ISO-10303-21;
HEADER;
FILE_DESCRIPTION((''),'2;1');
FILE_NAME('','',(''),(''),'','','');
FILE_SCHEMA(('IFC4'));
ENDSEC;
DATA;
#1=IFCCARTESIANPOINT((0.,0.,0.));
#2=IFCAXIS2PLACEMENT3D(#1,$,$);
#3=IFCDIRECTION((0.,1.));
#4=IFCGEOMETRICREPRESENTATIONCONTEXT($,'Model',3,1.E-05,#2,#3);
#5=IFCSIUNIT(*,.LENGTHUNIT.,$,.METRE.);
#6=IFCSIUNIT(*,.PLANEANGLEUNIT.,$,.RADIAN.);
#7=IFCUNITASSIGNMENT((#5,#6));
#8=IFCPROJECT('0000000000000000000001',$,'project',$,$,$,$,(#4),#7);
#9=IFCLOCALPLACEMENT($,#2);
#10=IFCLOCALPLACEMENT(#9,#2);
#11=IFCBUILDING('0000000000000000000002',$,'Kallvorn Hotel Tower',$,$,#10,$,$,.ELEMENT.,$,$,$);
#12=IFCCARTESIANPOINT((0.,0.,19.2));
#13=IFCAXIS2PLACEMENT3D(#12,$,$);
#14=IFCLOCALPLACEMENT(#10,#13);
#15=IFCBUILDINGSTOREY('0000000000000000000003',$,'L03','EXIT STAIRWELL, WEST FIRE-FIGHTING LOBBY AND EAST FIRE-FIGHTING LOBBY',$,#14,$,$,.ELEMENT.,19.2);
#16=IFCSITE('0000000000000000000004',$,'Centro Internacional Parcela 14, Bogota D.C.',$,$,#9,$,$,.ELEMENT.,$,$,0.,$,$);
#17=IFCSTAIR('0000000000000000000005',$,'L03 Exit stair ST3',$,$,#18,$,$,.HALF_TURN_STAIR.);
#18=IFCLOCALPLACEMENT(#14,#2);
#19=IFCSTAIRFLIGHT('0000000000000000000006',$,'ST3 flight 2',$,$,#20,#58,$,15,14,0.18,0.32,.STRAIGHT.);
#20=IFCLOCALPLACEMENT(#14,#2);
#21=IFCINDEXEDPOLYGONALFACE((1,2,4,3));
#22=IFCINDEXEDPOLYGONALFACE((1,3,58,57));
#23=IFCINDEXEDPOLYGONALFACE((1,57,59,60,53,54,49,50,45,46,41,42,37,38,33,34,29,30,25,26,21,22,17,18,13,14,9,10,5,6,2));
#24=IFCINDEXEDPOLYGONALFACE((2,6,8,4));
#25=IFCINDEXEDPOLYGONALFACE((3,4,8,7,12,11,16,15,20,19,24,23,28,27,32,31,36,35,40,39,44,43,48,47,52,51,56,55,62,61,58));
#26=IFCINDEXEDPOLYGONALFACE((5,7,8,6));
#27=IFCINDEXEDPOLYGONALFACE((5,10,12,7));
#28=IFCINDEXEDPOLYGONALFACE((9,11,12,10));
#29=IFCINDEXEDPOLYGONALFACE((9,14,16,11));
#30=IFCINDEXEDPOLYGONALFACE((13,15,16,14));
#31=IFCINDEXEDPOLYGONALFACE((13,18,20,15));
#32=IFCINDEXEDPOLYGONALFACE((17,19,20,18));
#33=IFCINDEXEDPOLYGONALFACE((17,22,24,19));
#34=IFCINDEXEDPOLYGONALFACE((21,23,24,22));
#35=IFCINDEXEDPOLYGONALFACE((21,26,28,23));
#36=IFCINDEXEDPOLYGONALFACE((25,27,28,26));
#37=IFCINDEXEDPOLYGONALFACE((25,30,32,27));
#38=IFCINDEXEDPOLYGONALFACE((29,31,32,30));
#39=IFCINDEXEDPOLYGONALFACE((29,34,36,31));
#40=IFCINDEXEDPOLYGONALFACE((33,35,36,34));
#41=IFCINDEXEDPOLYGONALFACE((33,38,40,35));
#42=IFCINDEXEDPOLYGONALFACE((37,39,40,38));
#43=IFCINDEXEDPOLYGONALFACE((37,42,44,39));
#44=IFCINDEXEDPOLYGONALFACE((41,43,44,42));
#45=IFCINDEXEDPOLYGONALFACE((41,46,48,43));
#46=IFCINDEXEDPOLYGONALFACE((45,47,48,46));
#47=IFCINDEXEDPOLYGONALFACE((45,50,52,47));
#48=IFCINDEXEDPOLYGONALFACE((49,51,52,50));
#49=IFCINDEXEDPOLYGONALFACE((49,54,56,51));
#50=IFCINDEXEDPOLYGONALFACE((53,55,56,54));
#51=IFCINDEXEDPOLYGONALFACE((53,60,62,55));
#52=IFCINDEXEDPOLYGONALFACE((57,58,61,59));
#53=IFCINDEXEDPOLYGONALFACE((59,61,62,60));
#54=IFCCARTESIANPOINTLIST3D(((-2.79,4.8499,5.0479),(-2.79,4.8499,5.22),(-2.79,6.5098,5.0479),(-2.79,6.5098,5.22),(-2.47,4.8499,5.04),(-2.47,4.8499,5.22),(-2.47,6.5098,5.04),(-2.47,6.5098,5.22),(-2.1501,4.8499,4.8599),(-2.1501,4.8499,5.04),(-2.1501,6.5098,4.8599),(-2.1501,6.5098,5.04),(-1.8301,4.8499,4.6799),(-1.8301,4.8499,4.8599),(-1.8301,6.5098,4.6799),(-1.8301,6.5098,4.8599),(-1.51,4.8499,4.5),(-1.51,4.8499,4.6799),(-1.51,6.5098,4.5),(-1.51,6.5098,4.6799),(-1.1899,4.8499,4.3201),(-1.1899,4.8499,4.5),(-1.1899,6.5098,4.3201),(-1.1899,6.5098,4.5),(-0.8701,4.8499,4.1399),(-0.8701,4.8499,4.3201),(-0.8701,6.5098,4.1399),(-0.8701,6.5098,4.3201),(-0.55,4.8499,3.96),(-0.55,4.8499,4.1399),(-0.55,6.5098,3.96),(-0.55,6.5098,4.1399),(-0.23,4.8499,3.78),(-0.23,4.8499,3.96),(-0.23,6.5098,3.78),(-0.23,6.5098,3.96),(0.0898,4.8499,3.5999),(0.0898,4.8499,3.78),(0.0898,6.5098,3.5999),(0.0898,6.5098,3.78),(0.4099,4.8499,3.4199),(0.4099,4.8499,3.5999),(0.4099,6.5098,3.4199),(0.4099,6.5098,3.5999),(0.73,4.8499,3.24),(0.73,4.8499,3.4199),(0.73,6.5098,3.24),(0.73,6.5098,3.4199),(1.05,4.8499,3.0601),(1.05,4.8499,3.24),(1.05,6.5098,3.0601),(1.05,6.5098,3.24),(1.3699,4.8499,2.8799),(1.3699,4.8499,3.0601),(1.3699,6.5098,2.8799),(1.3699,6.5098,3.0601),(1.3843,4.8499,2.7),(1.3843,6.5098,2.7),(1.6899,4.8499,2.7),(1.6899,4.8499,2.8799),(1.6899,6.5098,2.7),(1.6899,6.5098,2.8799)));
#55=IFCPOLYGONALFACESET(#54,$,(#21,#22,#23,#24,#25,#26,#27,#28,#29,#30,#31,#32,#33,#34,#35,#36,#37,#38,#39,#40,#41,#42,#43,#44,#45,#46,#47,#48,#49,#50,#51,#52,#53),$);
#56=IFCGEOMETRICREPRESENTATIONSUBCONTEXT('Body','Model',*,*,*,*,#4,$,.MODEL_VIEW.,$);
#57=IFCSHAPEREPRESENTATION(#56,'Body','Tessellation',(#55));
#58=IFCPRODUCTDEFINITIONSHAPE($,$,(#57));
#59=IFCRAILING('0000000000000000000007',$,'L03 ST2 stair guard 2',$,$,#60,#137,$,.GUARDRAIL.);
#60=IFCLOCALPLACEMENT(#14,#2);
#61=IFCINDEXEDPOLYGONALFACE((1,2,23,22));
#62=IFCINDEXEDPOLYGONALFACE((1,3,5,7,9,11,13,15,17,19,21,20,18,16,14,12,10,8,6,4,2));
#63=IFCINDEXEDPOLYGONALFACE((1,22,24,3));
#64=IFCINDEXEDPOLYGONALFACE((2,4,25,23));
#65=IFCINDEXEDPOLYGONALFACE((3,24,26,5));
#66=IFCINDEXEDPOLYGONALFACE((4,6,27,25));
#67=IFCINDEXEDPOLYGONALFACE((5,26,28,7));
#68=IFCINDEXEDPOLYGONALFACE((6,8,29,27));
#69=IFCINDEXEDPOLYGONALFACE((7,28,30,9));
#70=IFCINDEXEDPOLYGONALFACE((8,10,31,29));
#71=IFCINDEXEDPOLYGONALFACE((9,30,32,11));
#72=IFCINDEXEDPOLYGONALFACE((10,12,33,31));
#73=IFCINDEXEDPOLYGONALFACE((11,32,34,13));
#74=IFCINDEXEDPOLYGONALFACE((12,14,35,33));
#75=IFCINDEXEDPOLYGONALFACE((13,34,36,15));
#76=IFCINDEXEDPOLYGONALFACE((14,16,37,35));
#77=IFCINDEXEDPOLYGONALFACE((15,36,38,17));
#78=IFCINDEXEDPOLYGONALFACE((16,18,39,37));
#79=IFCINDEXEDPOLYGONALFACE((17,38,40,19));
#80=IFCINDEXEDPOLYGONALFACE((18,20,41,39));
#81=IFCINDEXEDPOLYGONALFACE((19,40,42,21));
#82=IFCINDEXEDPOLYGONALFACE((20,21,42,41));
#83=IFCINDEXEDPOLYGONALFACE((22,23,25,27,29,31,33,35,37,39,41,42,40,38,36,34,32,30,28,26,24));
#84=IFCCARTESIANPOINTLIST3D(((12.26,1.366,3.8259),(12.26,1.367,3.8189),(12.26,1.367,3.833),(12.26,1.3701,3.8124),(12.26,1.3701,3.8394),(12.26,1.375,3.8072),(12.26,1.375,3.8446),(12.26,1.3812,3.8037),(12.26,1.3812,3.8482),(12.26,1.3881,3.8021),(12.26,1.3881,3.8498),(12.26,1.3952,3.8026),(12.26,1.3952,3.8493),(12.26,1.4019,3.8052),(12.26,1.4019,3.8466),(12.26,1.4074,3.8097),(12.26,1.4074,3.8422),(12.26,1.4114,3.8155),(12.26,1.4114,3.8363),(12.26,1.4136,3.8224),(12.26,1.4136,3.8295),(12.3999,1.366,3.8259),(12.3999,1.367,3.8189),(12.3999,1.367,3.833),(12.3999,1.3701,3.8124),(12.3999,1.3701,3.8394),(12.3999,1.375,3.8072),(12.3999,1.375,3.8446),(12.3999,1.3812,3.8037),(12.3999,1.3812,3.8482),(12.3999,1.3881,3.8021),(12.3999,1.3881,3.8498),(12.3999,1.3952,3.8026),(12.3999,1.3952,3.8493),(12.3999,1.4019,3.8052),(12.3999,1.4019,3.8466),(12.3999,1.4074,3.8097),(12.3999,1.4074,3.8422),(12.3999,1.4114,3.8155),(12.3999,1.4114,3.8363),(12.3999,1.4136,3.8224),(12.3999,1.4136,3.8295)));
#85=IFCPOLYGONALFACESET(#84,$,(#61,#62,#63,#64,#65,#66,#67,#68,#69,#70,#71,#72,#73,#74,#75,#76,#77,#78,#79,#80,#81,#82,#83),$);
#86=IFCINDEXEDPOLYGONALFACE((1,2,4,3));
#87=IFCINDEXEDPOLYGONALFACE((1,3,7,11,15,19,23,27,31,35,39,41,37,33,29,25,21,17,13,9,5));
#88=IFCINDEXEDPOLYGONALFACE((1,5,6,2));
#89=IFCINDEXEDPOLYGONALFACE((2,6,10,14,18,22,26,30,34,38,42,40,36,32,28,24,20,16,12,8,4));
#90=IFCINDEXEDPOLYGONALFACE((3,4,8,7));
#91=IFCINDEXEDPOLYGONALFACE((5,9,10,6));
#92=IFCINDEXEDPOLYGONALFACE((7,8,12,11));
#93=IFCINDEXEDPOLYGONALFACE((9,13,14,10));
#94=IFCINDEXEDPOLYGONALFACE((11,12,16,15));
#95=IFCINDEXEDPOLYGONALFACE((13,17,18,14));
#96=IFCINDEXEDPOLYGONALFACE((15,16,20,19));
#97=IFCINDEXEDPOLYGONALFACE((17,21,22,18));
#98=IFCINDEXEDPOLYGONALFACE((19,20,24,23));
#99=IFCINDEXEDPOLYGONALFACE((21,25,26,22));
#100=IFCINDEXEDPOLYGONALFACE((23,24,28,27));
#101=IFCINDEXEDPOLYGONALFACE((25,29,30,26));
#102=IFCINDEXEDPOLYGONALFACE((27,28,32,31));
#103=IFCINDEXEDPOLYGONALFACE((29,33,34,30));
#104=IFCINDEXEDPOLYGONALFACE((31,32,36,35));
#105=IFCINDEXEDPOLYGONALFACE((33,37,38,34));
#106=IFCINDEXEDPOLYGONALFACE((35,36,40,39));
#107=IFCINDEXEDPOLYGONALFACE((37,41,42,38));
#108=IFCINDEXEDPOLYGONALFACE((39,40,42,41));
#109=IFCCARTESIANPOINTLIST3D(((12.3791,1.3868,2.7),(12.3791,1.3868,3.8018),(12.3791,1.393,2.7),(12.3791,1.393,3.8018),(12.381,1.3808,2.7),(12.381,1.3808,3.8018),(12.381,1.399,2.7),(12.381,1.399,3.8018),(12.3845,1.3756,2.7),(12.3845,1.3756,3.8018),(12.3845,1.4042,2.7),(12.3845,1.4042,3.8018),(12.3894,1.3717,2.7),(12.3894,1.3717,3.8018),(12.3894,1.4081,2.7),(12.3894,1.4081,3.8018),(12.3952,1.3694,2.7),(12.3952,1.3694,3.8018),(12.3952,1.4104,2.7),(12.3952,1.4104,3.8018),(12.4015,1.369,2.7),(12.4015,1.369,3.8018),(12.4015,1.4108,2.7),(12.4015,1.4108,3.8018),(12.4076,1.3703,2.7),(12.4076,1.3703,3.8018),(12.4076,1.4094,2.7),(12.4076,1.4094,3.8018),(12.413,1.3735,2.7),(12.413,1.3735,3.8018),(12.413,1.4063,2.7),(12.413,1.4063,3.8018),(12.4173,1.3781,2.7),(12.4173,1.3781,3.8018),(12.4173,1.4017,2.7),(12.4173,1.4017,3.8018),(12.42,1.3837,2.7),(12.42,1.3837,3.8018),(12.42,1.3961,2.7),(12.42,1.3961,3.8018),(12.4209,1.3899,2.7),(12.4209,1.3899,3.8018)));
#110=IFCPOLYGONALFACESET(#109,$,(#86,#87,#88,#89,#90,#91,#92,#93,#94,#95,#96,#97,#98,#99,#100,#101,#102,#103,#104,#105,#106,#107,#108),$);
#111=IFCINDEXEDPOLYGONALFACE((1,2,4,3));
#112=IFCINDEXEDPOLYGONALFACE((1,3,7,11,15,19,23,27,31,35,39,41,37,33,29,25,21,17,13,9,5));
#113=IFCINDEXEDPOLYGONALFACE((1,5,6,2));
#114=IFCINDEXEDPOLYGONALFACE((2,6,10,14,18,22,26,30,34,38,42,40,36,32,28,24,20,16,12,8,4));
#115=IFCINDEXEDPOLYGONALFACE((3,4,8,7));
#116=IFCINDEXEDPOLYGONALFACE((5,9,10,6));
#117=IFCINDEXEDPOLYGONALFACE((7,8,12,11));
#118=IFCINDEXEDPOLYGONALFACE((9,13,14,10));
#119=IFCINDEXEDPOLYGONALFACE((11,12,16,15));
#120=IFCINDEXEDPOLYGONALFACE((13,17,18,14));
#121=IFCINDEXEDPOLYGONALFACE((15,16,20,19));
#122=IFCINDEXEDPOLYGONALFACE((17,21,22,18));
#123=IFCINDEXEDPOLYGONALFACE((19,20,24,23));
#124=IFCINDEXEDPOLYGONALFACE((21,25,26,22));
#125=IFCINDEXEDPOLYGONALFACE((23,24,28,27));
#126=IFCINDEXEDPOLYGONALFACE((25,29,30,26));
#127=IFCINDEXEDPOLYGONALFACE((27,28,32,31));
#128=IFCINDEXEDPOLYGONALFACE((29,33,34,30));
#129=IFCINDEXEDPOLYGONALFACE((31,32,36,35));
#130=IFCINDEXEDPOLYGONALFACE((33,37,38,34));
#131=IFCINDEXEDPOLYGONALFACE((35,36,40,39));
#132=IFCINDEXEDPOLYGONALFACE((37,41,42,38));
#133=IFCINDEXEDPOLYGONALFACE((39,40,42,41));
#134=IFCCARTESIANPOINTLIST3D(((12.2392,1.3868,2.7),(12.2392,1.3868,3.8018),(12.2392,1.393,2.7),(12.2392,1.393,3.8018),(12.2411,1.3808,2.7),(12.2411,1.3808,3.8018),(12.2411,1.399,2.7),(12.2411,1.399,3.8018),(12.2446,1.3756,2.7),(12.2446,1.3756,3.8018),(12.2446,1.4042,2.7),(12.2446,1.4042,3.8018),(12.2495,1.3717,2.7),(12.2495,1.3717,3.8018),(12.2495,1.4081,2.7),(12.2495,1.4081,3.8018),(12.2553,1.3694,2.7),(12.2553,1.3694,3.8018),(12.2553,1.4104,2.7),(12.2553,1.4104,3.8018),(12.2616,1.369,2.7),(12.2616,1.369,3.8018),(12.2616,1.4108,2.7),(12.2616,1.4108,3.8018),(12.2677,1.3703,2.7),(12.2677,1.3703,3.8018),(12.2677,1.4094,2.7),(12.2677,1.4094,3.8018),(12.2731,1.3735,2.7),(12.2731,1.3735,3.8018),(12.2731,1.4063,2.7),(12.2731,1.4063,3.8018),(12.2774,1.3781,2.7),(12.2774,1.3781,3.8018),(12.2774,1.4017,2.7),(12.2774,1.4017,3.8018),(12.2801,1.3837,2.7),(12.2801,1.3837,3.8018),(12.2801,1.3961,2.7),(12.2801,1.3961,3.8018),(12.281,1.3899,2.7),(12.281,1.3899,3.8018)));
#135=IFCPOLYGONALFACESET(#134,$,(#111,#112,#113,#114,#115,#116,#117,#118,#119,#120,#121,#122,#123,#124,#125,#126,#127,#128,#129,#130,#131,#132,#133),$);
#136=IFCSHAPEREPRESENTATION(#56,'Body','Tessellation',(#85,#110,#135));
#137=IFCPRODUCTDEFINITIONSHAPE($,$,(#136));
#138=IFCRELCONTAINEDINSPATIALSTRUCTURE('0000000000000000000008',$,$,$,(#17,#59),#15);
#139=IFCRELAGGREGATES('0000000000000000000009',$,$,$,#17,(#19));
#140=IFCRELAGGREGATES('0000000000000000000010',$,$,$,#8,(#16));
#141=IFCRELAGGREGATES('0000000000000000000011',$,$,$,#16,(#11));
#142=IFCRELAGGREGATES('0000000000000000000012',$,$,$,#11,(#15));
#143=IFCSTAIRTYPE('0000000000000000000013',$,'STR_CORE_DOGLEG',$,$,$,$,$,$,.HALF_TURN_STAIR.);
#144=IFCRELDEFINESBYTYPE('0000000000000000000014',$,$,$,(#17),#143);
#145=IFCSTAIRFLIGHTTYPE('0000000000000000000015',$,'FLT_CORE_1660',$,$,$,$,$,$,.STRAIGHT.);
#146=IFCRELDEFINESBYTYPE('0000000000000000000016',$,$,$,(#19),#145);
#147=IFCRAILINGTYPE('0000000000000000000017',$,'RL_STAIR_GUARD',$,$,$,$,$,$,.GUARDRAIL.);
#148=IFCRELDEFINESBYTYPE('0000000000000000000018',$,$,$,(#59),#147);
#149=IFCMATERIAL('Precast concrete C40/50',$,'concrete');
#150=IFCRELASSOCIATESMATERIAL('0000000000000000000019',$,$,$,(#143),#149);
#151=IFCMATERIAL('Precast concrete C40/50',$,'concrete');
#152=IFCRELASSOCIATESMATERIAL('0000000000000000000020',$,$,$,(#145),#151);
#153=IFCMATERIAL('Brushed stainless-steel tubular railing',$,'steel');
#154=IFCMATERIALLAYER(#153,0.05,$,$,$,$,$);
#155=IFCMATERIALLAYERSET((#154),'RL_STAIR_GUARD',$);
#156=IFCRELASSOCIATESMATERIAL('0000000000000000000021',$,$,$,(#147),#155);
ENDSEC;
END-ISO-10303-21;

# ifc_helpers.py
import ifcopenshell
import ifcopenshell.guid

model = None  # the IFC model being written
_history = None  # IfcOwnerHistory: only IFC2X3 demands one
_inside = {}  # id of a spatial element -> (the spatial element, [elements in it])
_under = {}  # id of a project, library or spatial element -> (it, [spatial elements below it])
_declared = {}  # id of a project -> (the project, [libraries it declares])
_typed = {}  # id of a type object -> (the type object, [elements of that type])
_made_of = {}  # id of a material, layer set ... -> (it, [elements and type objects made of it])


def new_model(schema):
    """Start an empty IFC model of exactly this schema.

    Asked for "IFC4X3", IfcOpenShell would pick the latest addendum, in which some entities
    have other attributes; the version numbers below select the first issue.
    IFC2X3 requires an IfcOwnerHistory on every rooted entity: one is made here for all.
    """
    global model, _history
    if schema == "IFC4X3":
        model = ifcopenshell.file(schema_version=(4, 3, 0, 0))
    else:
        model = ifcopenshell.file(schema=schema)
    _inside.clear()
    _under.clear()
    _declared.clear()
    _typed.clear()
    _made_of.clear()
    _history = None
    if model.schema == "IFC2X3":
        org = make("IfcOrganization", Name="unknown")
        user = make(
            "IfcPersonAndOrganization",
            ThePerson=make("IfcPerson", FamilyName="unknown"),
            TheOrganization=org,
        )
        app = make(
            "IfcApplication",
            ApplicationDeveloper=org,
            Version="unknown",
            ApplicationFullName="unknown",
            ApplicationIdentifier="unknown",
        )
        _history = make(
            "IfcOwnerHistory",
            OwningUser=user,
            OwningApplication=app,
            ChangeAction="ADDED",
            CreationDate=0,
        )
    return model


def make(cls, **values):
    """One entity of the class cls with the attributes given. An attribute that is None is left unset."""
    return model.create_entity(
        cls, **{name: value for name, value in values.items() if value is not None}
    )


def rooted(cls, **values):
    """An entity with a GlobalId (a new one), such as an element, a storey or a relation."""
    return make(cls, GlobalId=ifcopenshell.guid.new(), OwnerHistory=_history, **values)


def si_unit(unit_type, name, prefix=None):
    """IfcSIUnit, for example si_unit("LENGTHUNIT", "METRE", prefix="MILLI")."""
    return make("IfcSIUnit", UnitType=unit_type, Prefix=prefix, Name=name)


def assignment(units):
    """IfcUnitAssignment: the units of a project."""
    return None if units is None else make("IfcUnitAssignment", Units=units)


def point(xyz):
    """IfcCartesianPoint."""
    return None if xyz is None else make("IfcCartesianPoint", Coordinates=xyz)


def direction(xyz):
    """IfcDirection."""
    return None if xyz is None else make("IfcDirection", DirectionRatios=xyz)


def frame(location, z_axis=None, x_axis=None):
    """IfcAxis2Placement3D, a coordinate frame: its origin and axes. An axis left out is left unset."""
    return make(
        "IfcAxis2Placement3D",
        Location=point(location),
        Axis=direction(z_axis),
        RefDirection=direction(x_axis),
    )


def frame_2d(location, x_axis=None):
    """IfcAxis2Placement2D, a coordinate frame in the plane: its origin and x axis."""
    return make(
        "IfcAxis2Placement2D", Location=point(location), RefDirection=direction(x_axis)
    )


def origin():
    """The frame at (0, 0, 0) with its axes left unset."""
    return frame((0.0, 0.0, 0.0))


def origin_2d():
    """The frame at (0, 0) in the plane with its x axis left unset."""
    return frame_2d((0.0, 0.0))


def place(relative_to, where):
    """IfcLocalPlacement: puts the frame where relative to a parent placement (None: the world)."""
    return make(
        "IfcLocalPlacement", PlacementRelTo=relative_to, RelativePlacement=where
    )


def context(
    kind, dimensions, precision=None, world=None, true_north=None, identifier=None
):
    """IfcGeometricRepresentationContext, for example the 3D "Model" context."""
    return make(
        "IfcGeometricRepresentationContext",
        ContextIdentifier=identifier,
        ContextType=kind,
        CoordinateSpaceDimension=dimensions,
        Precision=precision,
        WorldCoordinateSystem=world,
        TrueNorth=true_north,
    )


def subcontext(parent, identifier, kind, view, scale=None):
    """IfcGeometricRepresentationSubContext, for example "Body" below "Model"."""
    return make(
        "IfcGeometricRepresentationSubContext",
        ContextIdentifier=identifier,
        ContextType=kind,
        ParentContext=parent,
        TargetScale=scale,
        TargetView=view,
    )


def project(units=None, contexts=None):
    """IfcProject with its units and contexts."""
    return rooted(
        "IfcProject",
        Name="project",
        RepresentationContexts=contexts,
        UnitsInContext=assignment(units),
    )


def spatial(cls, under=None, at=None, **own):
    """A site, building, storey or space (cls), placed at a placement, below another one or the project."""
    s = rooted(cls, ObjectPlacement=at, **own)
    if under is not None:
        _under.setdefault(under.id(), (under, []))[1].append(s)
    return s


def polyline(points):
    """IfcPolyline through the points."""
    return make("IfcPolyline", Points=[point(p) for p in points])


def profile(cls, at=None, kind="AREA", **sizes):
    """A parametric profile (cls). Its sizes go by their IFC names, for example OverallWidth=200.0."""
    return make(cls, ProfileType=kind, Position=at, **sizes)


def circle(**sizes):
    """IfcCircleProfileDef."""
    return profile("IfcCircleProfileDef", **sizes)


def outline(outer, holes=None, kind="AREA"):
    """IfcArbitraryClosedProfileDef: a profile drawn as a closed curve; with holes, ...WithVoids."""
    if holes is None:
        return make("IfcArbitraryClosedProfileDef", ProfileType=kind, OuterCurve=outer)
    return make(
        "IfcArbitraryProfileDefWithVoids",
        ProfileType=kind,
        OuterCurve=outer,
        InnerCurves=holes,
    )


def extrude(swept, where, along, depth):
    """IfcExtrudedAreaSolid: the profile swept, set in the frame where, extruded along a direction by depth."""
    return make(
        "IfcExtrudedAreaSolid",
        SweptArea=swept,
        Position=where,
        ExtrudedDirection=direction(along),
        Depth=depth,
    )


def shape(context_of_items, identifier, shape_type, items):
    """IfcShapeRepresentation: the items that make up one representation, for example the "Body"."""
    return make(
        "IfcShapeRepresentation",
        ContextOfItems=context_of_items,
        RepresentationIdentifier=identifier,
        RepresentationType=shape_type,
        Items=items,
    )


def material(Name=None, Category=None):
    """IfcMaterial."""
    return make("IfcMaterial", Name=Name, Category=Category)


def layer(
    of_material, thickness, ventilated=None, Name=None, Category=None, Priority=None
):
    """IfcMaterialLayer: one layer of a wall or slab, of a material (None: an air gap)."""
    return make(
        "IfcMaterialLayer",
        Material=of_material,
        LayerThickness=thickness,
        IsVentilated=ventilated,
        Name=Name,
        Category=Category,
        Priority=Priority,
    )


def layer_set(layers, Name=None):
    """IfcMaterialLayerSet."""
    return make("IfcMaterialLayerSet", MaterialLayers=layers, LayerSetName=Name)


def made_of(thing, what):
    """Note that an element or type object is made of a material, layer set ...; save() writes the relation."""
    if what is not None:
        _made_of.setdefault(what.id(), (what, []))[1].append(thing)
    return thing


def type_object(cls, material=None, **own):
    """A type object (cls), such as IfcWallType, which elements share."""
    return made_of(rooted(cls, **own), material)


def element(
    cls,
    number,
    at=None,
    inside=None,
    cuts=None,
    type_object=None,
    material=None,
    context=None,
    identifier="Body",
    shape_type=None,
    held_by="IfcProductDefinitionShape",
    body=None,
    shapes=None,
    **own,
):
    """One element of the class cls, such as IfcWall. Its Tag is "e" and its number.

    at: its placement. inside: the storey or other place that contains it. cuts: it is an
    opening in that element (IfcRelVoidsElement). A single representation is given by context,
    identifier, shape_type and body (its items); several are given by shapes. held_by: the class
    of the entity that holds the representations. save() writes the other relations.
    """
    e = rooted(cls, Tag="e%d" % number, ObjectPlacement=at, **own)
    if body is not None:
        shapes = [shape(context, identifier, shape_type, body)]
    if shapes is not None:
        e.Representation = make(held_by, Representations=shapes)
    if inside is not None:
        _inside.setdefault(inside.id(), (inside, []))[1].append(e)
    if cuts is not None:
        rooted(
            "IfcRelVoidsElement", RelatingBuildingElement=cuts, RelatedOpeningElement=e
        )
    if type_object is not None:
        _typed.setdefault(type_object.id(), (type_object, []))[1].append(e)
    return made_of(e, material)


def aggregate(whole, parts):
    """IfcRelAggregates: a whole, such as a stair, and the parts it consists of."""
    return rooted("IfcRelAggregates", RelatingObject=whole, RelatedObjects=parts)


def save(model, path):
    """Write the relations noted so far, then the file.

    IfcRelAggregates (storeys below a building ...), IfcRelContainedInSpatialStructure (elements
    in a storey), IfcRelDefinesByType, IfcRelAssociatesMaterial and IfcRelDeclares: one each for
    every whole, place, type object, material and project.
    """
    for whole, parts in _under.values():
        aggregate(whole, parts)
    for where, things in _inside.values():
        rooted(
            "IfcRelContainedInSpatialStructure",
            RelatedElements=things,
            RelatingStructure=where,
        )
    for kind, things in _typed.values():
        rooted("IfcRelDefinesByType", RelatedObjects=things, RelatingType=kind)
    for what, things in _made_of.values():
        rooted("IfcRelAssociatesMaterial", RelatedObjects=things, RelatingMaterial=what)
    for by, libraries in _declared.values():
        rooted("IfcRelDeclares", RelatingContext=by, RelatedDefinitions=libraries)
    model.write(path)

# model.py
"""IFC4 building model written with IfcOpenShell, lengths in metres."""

from ifc_helpers import new_model, si_unit, direction, frame, origin, origin_2d, place, context, subcontext, project, spatial, polyline, circle, outline, extrude, material, layer, layer_set, type_object, element, aggregate, save


model = new_model("IFC4")

# Units and contexts
model_context = context("Model", 3, precision=1e-05, world=origin(), true_north=direction((0.0, 1.0)))
body_context = subcontext(model_context, "Body", "Model", "MODEL_VIEW")
ifc_project = project(units=[si_unit("LENGTHUNIT", "METRE"), si_unit("PLANEANGLEUNIT", "RADIAN")], contexts=[model_context])

# Site, building, storey
site_placement = place(None, origin())
site = spatial("IfcSite", under=ifc_project, at=site_placement, Name="Centro Internacional Parcela 14, Bogota D.C.", CompositionType="ELEMENT", RefElevation=0.0)
building_placement = place(site_placement, origin())
building = spatial("IfcBuilding", under=site, at=building_placement, Name="Kallvorn Hotel Tower", CompositionType="ELEMENT")
storey_placement = place(building_placement, frame((0.0, 0.0, 19.2)))
storey = spatial("IfcBuildingStorey", under=building, at=storey_placement, Name="L03", Description="EXIT STAIRWELL, WEST FIRE-FIGHTING LOBBY AND EAST FIRE-FIGHTING LOBBY", CompositionType="ELEMENT", Elevation=19.2)

# Stair
ifc_material_1 = material(Name="Precast concrete C40/50", Category="concrete")
stair_type_1 = type_object("IfcStairType", Name="STR_CORE_DOGLEG", PredefinedType="HALF_TURN_STAIR", material=ifc_material_1)
stair_1_placement = place(storey_placement, origin())
stair_1 = element("IfcStair", 1, at=stair_1_placement, inside=storey, type_object=stair_type_1, Name="L03 Exit stair ST3", PredefinedType="HALF_TURN_STAIR")

# Stair flight
ifc_material_2 = material(Name="Precast concrete C40/50", Category="concrete")
stair_flight_type = type_object("IfcStairFlightType", Name="FLT_CORE_1660", PredefinedType="STRAIGHT", material=ifc_material_2)
stair_flight_1_placement = place(storey_placement, frame((1.6899, 5.6799, 2.7), z_axis=(0.0, 0.0, 1.0), x_axis=(-1.0, 0.0, 0.0)))
stair_flight_1 = element("IfcStairFlight", 2, at=stair_flight_1_placement, type_object=stair_flight_type, Name="ST3 flight 2", NumberOfRisers=15, NumberOfTreads=14, PredefinedType="STRAIGHT", RiserHeight=0.18, TreadLength=0.32, context=body_context, shape_type="SweptSolid", body=[
    extrude(outline(polyline([(0.0, 0.0), (0.0, 0.1799), (0.3201, 0.1799), (0.3201, 0.3601), (0.6399, 0.3601), (0.6399, 0.54), (0.96, 0.54), (0.96, 0.72), (1.28, 0.72), (1.28, 0.8999), (1.6001, 0.8999), (1.6001, 1.0801), (1.9199, 1.0801), (1.9199, 1.26), (2.24, 1.26), (2.24, 1.4399), (2.5601, 1.4399), (2.5601, 1.6201), (2.8799, 1.6201), (2.8799, 1.8), (3.2, 1.8), (3.2, 1.98), (3.52, 1.98), (3.52, 2.1599), (3.8401, 2.1599), (3.8401, 2.3401), (4.1599, 2.3401), (4.1599, 2.52), (4.48, 2.52), (4.48, 2.7), (4.48, 2.3479), (0.3057, 0.0), (0.0, 0.0)])), frame((0.0, 0.8301, 0.0), z_axis=(0.0, -1.0, 0.0), x_axis=(1.0, 0.0, 0.0)), (0.0, 0.0, 1.0), 1.6599),
])
aggregate(stair_1, [stair_flight_1])

# Railing
ifc_material_3 = material(Name="Brushed stainless-steel tubular railing", Category="steel")
ifc_layer_1 = layer(ifc_material_3, 0.05)
ifc_layer_set_1 = layer_set([ifc_layer_1], Name="RL_STAIR_GUARD")
railing_type_1 = type_object("IfcRailingType", Name="RL_STAIR_GUARD", PredefinedType="GUARDRAIL", material=ifc_layer_set_1)
railing_1_placement = place(storey_placement, frame((12.3999, 1.3899, 2.7)))
element("IfcRailing", 3, at=railing_1_placement, inside=storey, type_object=railing_type_1, Name="L03 ST2 stair guard 2", PredefinedType="GUARDRAIL", context=body_context, shape_type="SweptSolid", body=[
    extrude(circle(Radius=0.0239, at=origin_2d()), frame((0.0, 0.0, 1.126), z_axis=(-1.0, 0.0, 0.0), x_axis=(0.0, -1.0, 0.0)), (0.0, 0.0, 1.0), 0.1399),
    extrude(circle(Radius=0.021, at=origin_2d()), origin(), (0.0, 0.0, 1.0), 1.1018),
    extrude(circle(Radius=0.021, at=origin_2d()), frame((-0.1399, 0.0, 0.0)), (0.0, 0.0, 1.0), 1.1018),
])

save(model, "model.ifc")
